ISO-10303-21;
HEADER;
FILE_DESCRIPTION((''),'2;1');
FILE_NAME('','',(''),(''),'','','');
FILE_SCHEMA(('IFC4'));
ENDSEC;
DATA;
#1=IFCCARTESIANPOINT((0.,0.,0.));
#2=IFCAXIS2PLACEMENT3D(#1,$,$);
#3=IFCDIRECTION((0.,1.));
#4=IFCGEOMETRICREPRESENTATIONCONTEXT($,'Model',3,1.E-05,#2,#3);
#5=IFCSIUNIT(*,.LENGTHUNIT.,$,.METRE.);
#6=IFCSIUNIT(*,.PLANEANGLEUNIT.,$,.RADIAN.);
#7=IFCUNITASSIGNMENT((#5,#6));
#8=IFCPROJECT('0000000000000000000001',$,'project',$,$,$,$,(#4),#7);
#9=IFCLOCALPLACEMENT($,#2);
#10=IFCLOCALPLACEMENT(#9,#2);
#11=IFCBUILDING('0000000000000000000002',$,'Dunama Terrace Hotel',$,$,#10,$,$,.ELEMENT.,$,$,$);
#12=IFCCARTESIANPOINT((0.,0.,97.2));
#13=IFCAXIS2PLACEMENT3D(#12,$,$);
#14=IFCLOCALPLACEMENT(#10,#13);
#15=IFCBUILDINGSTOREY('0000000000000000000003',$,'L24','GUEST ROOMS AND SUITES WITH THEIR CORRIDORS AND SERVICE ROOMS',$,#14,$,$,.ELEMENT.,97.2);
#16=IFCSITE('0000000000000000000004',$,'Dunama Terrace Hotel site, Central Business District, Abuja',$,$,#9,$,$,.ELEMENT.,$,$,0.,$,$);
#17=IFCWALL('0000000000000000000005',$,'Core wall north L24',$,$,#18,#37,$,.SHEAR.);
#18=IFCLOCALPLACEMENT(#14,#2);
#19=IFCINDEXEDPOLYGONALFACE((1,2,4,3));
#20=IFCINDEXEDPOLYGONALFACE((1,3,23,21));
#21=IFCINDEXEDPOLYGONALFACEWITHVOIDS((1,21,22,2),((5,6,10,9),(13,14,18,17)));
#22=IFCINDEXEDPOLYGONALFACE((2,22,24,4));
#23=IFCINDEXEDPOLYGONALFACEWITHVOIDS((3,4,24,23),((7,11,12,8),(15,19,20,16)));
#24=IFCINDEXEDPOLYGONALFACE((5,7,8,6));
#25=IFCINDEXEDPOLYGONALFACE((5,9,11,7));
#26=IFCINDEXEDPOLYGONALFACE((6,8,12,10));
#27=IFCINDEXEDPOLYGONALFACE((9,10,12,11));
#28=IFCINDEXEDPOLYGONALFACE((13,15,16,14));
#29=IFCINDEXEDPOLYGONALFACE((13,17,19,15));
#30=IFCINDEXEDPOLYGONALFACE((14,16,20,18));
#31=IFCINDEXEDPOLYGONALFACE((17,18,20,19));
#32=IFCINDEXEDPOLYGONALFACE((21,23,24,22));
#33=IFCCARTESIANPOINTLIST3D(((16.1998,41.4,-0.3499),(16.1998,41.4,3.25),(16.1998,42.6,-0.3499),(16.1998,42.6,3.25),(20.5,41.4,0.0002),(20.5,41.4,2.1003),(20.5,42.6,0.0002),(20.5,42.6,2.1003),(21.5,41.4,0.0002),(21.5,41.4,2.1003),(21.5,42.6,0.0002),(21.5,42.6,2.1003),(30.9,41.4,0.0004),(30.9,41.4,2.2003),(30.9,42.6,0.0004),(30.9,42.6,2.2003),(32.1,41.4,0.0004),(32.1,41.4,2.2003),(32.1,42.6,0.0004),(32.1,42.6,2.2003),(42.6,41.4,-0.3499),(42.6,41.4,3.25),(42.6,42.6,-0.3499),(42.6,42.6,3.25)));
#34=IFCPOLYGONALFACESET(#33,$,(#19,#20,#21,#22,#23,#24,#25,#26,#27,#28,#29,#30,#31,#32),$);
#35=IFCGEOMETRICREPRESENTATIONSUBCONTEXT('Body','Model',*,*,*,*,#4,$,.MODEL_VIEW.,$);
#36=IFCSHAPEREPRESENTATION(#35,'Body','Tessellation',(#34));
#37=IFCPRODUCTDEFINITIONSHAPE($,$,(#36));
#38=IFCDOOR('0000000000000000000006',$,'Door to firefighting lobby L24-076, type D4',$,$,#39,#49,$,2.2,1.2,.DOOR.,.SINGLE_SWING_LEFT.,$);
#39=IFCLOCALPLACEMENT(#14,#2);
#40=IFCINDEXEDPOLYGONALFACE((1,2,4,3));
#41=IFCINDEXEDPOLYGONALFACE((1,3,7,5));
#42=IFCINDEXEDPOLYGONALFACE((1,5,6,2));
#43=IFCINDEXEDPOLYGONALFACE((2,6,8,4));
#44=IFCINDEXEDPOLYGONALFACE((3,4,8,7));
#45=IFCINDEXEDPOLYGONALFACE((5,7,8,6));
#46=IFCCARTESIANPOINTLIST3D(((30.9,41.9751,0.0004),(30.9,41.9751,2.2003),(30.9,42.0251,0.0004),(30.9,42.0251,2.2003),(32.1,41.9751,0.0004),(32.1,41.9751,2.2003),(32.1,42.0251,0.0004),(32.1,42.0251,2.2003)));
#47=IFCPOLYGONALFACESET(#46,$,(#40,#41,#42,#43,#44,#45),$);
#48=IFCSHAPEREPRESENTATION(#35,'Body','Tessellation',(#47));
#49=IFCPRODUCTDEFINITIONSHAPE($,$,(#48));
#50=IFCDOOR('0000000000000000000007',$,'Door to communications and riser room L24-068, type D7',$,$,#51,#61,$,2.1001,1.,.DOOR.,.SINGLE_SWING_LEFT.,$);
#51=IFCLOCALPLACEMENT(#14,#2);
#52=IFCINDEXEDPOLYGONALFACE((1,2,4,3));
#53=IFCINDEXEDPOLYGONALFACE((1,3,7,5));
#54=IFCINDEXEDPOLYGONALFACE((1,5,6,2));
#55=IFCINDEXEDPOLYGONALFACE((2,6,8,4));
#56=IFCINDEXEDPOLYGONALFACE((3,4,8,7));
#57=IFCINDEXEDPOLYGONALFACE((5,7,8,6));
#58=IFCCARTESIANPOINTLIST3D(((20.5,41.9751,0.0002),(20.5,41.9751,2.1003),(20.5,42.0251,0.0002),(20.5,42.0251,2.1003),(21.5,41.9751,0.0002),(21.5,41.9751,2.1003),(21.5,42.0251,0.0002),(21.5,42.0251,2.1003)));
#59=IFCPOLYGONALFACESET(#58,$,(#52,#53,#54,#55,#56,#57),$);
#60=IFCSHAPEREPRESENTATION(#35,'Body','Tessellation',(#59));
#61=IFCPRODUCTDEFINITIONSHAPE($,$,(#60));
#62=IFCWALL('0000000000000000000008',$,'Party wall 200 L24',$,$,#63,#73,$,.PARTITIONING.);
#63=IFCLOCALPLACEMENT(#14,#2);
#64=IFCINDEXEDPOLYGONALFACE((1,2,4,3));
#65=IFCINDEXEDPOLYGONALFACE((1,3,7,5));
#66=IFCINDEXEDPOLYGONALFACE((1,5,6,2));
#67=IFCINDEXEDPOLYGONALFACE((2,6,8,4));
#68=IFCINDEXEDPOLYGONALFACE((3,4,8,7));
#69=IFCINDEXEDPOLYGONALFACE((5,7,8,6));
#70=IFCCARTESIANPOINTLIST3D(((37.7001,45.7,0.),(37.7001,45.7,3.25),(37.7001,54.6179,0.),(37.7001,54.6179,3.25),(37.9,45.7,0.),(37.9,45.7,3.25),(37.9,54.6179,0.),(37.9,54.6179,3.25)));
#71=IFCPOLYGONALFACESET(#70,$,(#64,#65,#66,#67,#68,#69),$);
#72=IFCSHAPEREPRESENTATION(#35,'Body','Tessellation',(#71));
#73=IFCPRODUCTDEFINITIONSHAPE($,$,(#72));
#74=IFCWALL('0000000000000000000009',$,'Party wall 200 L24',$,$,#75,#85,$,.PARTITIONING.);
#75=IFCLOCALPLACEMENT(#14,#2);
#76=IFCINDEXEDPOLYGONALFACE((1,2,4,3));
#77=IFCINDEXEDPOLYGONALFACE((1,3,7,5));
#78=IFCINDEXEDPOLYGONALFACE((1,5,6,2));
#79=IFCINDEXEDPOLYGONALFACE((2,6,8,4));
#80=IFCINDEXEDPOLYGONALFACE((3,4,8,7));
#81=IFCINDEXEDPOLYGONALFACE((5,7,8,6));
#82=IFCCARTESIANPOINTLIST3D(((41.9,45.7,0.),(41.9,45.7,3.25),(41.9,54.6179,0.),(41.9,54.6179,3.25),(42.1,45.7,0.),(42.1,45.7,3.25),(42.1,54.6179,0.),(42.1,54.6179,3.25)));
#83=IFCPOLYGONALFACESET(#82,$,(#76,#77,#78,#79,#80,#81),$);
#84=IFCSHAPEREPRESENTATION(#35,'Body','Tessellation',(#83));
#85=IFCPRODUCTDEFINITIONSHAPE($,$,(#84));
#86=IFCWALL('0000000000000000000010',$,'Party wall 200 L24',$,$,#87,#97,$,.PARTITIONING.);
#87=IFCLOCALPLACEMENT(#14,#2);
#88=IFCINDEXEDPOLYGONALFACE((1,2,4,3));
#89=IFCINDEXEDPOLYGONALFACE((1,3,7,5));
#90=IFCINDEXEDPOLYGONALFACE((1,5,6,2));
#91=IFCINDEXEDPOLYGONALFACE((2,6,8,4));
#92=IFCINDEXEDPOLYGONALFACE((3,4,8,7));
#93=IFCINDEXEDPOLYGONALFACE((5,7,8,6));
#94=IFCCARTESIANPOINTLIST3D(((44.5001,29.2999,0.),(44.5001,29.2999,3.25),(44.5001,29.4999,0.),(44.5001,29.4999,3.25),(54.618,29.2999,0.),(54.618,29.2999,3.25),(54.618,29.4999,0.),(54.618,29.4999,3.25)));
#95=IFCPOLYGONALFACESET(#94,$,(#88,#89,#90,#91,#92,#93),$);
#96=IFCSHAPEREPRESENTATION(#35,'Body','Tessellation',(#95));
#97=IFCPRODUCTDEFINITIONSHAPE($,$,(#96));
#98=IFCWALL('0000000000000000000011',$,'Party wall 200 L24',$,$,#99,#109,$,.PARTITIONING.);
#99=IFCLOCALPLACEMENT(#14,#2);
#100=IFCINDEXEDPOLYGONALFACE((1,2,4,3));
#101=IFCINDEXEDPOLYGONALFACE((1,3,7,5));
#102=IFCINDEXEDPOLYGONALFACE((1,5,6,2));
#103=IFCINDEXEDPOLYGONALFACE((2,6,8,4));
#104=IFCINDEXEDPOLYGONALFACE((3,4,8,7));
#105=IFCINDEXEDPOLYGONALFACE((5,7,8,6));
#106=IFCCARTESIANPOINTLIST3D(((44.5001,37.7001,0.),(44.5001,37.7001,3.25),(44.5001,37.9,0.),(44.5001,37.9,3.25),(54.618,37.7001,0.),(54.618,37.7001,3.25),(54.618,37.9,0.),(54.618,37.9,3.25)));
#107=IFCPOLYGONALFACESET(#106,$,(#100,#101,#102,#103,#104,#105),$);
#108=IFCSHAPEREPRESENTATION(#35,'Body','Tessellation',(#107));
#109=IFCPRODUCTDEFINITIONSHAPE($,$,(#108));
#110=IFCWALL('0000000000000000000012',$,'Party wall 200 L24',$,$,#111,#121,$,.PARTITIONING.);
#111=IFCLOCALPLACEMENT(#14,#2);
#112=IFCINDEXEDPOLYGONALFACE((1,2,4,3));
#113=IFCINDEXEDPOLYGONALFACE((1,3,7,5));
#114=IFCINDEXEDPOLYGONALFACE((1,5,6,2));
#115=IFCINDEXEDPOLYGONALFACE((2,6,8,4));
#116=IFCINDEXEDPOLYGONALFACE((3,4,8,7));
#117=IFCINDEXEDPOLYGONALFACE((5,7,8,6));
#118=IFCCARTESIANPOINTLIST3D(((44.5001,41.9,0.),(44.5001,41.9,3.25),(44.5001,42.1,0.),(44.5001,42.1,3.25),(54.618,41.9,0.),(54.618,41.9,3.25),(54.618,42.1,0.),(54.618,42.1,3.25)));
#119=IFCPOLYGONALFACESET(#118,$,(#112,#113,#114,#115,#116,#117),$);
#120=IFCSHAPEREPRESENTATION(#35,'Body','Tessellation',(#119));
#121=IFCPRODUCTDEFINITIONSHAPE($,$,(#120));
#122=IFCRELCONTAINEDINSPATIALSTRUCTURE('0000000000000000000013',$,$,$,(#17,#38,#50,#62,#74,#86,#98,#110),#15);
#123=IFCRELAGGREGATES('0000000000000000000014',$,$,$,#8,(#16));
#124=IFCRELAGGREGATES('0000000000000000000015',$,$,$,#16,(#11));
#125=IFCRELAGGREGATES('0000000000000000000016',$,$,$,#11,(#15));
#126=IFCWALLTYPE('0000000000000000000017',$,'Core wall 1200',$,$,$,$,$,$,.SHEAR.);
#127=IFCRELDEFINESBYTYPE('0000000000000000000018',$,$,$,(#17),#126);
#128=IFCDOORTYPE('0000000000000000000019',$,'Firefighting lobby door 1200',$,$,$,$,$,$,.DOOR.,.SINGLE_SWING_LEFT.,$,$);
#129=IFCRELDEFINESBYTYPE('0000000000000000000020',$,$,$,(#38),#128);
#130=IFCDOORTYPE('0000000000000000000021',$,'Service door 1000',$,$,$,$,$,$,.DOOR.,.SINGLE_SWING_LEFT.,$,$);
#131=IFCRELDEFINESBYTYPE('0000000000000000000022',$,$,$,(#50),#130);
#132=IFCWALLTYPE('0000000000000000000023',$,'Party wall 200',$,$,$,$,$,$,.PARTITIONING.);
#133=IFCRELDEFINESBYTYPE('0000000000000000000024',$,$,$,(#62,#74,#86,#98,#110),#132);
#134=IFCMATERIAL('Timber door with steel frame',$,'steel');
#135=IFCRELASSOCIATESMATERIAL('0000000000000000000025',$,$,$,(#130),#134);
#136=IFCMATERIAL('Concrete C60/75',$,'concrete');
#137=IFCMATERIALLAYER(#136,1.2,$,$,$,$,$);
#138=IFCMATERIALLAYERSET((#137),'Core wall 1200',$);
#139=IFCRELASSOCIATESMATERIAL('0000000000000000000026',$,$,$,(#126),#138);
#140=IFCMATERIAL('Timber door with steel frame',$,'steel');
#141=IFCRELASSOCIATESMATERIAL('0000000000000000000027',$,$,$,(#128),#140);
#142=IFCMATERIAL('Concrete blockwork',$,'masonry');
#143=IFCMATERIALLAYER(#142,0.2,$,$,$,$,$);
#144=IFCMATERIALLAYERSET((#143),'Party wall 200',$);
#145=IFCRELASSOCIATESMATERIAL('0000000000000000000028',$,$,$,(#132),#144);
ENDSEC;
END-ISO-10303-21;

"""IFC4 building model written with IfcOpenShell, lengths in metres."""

from ifc_helpers import new_model, si_unit, direction, frame, frame_2d, origin, place, context, subcontext, project, spatial, rectangle, extrude, material, layer, layer_set, type_object, element, fill, save


model = new_model("IFC4")

# Units and contexts
model_context = context("Model", 3, precision=1e-05, world=origin(), true_north=direction((0.0, 1.0)))
body_context = subcontext(model_context, "Body", "Model", "MODEL_VIEW")
ifc_project = project(units=[si_unit("LENGTHUNIT", "METRE"), si_unit("PLANEANGLEUNIT", "RADIAN")], contexts=[model_context])

# Site, building, storey
site_placement = place(None, origin())
site = spatial("IfcSite", under=ifc_project, at=site_placement, Name="Dunama Terrace Hotel site, Central Business District, Abuja", CompositionType="ELEMENT", RefElevation=0.0)
building_placement = place(site_placement, origin())
building = spatial("IfcBuilding", under=site, at=building_placement, Name="Dunama Terrace Hotel", CompositionType="ELEMENT")
storey_placement = place(building_placement, frame((0.0, 0.0, 97.2)))
storey = spatial("IfcBuildingStorey", under=building, at=storey_placement, Name="L24", Description="GUEST ROOMS AND SUITES WITH THEIR CORRIDORS AND SERVICE ROOMS", CompositionType="ELEMENT", Elevation=97.2)

# Shared definitions
ifc_material_1 = material(Name="Timber door with steel frame", Category="steel")
door_type_1 = type_object("IfcDoorType", Name="Service door 1000", OperationType="SINGLE_SWING_LEFT", PredefinedType="DOOR", material=ifc_material_1)

# Wall, openings, doors
ifc_material_2 = material(Name="Concrete C60/75", Category="concrete")
ifc_layer_1 = layer(ifc_material_2, 1.2)
ifc_layer_set_1 = layer_set([ifc_layer_1], Name="Core wall 1200")
wall_type_1 = type_object("IfcWallType", Name="Core wall 1200", PredefinedType="SHEAR", material=ifc_layer_set_1)
wall_1_placement = place(storey_placement, frame((42.6001, 42.0, -0.3499), z_axis=(0.0, 0.0, 1.0), x_axis=(-1.0, 0.0, 0.0)))
wall_1 = element("IfcWall", 1, at=wall_1_placement, inside=storey, type_object=wall_type_1, Name="Core wall north L24", PredefinedType="SHEAR", context=body_context, shape_type="SweptSolid", body=[
    extrude(rectangle(XDim=26.4001, YDim=1.2, at=frame_2d((13.2002, 0.0))), origin(), (0.0, 0.0, 1.0), 3.5999),
])
opening_1_placement = place(wall_1_placement, frame((21.1001, 0.0, 0.3501)))
opening_1 = element("IfcOpeningElement", 2, at=opening_1_placement, cuts=wall_1, PredefinedType="OPENING", context=body_context, shape_type="SweptSolid", body=[
    extrude(rectangle(XDim=1.0, YDim=2.1001, at=frame_2d((0.5, 1.05))), frame((0.0, 0.6099, 0.0), z_axis=(0.0, -1.0, 0.0), x_axis=(1.0, 0.0, 0.0)), (0.0, 0.0, 1.0), 1.22),
])
opening_2_placement = place(wall_1_placement, frame((10.5, 0.0, 0.3501)))
opening_2 = element("IfcOpeningElement", 3, at=opening_2_placement, cuts=wall_1, PredefinedType="OPENING", context=body_context, shape_type="SweptSolid", body=[
    extrude(rectangle(XDim=1.2, YDim=2.2, at=frame_2d((0.6001, 1.1001))), frame((0.0, 0.6099, 0.0), z_axis=(0.0, -1.0, 0.0), x_axis=(1.0, 0.0, 0.0)), (0.0, 0.0, 1.0), 1.22),
])
ifc_material_3 = material(Name="Timber door with steel frame", Category="steel")
door_type_2 = type_object("IfcDoorType", Name="Firefighting lobby door 1200", OperationType="SINGLE_SWING_LEFT", PredefinedType="DOOR", material=ifc_material_3)
door_1_placement = place(opening_2_placement, origin())
door_1 = element("IfcDoor", 4, at=door_1_placement, inside=storey, type_object=door_type_2, Name="Door to firefighting lobby L24-076, type D4", OperationType="SINGLE_SWING_LEFT", OverallHeight=2.2, OverallWidth=1.2, PredefinedType="DOOR", context=body_context, shape_type="SweptSolid", body=[
    extrude(rectangle(XDim=1.2, YDim=2.2, at=frame_2d((0.6001, 1.1001))), frame((0.0, 0.0249, 0.0), z_axis=(0.0, -1.0, 0.0), x_axis=(1.0, 0.0, 0.0)), (0.0, 0.0, 1.0), 0.05),
])
fill(opening_2, door_1)
door_2_placement = place(opening_1_placement, origin())
door_2 = element("IfcDoor", 5, at=door_2_placement, inside=storey, type_object=door_type_1, Name="Door to communications and riser room L24-068, type D7", OperationType="SINGLE_SWING_LEFT", OverallHeight=2.1001, OverallWidth=1.0, PredefinedType="DOOR", context=body_context, shape_type="SweptSolid", body=[
    extrude(rectangle(XDim=1.0, YDim=2.1001, at=frame_2d((0.5, 1.05))), frame((0.0, 0.0249, 0.0), z_axis=(0.0, -1.0, 0.0), x_axis=(1.0, 0.0, 0.0)), (0.0, 0.0, 1.0), 0.05),
])
fill(opening_1, door_2)

# Walls
ifc_material_4 = material(Name="Concrete blockwork", Category="masonry")
ifc_layer_2 = layer(ifc_material_4, 0.2)
ifc_layer_set_2 = layer_set([ifc_layer_2], Name="Party wall 200")
wall_type_2 = type_object("IfcWallType", Name="Party wall 200", PredefinedType="PARTITIONING", material=ifc_layer_set_2)
for number, where, z_axis, x_axis, name in (
    (6, (37.8, 45.7, 0.0), (0.0, 0.0, 1.0), (0.0, 1.0, 0.0), "Party wall 200 L24"),
    (7, (42.0, 45.7, 0.0), (0.0, 0.0, 1.0), (0.0, 1.0, 0.0), "Party wall 200 L24"),
):
    element("IfcWall", number, at=place(storey_placement, frame(where, z_axis=z_axis, x_axis=x_axis)), inside=storey, type_object=wall_type_2, Name=name, PredefinedType="PARTITIONING", context=body_context, shape_type="SweptSolid", body=[
        extrude(rectangle(XDim=8.918, YDim=0.2, at=frame_2d((4.459, 0.0))), origin(), (0.0, 0.0, 1.0), 3.25),
    ])
for number, where, z_axis, x_axis, name in (
    (8, (44.5, 29.3999, 0.0), (0.0, 0.0, 1.0), (1.0, 0.0, 0.0), "Party wall 200 L24"),
    (9, (44.5, 37.8, 0.0), (0.0, 0.0, 1.0), (1.0, 0.0, 0.0), "Party wall 200 L24"),
    (10, (44.5, 42.0, 0.0), (0.0, 0.0, 1.0), (1.0, 0.0, 0.0), "Party wall 200 L24"),
):
    element("IfcWall", number, at=place(storey_placement, frame(where, z_axis=z_axis, x_axis=x_axis)), inside=storey, type_object=wall_type_2, Name=name, PredefinedType="PARTITIONING", context=body_context, shape_type="SweptSolid", body=[
        extrude(rectangle(XDim=10.1179, YDim=0.2, at=frame_2d((5.0591, 0.0))), origin(), (0.0, 0.0, 1.0), 3.25),
    ])

save(model, "model.ifc")
